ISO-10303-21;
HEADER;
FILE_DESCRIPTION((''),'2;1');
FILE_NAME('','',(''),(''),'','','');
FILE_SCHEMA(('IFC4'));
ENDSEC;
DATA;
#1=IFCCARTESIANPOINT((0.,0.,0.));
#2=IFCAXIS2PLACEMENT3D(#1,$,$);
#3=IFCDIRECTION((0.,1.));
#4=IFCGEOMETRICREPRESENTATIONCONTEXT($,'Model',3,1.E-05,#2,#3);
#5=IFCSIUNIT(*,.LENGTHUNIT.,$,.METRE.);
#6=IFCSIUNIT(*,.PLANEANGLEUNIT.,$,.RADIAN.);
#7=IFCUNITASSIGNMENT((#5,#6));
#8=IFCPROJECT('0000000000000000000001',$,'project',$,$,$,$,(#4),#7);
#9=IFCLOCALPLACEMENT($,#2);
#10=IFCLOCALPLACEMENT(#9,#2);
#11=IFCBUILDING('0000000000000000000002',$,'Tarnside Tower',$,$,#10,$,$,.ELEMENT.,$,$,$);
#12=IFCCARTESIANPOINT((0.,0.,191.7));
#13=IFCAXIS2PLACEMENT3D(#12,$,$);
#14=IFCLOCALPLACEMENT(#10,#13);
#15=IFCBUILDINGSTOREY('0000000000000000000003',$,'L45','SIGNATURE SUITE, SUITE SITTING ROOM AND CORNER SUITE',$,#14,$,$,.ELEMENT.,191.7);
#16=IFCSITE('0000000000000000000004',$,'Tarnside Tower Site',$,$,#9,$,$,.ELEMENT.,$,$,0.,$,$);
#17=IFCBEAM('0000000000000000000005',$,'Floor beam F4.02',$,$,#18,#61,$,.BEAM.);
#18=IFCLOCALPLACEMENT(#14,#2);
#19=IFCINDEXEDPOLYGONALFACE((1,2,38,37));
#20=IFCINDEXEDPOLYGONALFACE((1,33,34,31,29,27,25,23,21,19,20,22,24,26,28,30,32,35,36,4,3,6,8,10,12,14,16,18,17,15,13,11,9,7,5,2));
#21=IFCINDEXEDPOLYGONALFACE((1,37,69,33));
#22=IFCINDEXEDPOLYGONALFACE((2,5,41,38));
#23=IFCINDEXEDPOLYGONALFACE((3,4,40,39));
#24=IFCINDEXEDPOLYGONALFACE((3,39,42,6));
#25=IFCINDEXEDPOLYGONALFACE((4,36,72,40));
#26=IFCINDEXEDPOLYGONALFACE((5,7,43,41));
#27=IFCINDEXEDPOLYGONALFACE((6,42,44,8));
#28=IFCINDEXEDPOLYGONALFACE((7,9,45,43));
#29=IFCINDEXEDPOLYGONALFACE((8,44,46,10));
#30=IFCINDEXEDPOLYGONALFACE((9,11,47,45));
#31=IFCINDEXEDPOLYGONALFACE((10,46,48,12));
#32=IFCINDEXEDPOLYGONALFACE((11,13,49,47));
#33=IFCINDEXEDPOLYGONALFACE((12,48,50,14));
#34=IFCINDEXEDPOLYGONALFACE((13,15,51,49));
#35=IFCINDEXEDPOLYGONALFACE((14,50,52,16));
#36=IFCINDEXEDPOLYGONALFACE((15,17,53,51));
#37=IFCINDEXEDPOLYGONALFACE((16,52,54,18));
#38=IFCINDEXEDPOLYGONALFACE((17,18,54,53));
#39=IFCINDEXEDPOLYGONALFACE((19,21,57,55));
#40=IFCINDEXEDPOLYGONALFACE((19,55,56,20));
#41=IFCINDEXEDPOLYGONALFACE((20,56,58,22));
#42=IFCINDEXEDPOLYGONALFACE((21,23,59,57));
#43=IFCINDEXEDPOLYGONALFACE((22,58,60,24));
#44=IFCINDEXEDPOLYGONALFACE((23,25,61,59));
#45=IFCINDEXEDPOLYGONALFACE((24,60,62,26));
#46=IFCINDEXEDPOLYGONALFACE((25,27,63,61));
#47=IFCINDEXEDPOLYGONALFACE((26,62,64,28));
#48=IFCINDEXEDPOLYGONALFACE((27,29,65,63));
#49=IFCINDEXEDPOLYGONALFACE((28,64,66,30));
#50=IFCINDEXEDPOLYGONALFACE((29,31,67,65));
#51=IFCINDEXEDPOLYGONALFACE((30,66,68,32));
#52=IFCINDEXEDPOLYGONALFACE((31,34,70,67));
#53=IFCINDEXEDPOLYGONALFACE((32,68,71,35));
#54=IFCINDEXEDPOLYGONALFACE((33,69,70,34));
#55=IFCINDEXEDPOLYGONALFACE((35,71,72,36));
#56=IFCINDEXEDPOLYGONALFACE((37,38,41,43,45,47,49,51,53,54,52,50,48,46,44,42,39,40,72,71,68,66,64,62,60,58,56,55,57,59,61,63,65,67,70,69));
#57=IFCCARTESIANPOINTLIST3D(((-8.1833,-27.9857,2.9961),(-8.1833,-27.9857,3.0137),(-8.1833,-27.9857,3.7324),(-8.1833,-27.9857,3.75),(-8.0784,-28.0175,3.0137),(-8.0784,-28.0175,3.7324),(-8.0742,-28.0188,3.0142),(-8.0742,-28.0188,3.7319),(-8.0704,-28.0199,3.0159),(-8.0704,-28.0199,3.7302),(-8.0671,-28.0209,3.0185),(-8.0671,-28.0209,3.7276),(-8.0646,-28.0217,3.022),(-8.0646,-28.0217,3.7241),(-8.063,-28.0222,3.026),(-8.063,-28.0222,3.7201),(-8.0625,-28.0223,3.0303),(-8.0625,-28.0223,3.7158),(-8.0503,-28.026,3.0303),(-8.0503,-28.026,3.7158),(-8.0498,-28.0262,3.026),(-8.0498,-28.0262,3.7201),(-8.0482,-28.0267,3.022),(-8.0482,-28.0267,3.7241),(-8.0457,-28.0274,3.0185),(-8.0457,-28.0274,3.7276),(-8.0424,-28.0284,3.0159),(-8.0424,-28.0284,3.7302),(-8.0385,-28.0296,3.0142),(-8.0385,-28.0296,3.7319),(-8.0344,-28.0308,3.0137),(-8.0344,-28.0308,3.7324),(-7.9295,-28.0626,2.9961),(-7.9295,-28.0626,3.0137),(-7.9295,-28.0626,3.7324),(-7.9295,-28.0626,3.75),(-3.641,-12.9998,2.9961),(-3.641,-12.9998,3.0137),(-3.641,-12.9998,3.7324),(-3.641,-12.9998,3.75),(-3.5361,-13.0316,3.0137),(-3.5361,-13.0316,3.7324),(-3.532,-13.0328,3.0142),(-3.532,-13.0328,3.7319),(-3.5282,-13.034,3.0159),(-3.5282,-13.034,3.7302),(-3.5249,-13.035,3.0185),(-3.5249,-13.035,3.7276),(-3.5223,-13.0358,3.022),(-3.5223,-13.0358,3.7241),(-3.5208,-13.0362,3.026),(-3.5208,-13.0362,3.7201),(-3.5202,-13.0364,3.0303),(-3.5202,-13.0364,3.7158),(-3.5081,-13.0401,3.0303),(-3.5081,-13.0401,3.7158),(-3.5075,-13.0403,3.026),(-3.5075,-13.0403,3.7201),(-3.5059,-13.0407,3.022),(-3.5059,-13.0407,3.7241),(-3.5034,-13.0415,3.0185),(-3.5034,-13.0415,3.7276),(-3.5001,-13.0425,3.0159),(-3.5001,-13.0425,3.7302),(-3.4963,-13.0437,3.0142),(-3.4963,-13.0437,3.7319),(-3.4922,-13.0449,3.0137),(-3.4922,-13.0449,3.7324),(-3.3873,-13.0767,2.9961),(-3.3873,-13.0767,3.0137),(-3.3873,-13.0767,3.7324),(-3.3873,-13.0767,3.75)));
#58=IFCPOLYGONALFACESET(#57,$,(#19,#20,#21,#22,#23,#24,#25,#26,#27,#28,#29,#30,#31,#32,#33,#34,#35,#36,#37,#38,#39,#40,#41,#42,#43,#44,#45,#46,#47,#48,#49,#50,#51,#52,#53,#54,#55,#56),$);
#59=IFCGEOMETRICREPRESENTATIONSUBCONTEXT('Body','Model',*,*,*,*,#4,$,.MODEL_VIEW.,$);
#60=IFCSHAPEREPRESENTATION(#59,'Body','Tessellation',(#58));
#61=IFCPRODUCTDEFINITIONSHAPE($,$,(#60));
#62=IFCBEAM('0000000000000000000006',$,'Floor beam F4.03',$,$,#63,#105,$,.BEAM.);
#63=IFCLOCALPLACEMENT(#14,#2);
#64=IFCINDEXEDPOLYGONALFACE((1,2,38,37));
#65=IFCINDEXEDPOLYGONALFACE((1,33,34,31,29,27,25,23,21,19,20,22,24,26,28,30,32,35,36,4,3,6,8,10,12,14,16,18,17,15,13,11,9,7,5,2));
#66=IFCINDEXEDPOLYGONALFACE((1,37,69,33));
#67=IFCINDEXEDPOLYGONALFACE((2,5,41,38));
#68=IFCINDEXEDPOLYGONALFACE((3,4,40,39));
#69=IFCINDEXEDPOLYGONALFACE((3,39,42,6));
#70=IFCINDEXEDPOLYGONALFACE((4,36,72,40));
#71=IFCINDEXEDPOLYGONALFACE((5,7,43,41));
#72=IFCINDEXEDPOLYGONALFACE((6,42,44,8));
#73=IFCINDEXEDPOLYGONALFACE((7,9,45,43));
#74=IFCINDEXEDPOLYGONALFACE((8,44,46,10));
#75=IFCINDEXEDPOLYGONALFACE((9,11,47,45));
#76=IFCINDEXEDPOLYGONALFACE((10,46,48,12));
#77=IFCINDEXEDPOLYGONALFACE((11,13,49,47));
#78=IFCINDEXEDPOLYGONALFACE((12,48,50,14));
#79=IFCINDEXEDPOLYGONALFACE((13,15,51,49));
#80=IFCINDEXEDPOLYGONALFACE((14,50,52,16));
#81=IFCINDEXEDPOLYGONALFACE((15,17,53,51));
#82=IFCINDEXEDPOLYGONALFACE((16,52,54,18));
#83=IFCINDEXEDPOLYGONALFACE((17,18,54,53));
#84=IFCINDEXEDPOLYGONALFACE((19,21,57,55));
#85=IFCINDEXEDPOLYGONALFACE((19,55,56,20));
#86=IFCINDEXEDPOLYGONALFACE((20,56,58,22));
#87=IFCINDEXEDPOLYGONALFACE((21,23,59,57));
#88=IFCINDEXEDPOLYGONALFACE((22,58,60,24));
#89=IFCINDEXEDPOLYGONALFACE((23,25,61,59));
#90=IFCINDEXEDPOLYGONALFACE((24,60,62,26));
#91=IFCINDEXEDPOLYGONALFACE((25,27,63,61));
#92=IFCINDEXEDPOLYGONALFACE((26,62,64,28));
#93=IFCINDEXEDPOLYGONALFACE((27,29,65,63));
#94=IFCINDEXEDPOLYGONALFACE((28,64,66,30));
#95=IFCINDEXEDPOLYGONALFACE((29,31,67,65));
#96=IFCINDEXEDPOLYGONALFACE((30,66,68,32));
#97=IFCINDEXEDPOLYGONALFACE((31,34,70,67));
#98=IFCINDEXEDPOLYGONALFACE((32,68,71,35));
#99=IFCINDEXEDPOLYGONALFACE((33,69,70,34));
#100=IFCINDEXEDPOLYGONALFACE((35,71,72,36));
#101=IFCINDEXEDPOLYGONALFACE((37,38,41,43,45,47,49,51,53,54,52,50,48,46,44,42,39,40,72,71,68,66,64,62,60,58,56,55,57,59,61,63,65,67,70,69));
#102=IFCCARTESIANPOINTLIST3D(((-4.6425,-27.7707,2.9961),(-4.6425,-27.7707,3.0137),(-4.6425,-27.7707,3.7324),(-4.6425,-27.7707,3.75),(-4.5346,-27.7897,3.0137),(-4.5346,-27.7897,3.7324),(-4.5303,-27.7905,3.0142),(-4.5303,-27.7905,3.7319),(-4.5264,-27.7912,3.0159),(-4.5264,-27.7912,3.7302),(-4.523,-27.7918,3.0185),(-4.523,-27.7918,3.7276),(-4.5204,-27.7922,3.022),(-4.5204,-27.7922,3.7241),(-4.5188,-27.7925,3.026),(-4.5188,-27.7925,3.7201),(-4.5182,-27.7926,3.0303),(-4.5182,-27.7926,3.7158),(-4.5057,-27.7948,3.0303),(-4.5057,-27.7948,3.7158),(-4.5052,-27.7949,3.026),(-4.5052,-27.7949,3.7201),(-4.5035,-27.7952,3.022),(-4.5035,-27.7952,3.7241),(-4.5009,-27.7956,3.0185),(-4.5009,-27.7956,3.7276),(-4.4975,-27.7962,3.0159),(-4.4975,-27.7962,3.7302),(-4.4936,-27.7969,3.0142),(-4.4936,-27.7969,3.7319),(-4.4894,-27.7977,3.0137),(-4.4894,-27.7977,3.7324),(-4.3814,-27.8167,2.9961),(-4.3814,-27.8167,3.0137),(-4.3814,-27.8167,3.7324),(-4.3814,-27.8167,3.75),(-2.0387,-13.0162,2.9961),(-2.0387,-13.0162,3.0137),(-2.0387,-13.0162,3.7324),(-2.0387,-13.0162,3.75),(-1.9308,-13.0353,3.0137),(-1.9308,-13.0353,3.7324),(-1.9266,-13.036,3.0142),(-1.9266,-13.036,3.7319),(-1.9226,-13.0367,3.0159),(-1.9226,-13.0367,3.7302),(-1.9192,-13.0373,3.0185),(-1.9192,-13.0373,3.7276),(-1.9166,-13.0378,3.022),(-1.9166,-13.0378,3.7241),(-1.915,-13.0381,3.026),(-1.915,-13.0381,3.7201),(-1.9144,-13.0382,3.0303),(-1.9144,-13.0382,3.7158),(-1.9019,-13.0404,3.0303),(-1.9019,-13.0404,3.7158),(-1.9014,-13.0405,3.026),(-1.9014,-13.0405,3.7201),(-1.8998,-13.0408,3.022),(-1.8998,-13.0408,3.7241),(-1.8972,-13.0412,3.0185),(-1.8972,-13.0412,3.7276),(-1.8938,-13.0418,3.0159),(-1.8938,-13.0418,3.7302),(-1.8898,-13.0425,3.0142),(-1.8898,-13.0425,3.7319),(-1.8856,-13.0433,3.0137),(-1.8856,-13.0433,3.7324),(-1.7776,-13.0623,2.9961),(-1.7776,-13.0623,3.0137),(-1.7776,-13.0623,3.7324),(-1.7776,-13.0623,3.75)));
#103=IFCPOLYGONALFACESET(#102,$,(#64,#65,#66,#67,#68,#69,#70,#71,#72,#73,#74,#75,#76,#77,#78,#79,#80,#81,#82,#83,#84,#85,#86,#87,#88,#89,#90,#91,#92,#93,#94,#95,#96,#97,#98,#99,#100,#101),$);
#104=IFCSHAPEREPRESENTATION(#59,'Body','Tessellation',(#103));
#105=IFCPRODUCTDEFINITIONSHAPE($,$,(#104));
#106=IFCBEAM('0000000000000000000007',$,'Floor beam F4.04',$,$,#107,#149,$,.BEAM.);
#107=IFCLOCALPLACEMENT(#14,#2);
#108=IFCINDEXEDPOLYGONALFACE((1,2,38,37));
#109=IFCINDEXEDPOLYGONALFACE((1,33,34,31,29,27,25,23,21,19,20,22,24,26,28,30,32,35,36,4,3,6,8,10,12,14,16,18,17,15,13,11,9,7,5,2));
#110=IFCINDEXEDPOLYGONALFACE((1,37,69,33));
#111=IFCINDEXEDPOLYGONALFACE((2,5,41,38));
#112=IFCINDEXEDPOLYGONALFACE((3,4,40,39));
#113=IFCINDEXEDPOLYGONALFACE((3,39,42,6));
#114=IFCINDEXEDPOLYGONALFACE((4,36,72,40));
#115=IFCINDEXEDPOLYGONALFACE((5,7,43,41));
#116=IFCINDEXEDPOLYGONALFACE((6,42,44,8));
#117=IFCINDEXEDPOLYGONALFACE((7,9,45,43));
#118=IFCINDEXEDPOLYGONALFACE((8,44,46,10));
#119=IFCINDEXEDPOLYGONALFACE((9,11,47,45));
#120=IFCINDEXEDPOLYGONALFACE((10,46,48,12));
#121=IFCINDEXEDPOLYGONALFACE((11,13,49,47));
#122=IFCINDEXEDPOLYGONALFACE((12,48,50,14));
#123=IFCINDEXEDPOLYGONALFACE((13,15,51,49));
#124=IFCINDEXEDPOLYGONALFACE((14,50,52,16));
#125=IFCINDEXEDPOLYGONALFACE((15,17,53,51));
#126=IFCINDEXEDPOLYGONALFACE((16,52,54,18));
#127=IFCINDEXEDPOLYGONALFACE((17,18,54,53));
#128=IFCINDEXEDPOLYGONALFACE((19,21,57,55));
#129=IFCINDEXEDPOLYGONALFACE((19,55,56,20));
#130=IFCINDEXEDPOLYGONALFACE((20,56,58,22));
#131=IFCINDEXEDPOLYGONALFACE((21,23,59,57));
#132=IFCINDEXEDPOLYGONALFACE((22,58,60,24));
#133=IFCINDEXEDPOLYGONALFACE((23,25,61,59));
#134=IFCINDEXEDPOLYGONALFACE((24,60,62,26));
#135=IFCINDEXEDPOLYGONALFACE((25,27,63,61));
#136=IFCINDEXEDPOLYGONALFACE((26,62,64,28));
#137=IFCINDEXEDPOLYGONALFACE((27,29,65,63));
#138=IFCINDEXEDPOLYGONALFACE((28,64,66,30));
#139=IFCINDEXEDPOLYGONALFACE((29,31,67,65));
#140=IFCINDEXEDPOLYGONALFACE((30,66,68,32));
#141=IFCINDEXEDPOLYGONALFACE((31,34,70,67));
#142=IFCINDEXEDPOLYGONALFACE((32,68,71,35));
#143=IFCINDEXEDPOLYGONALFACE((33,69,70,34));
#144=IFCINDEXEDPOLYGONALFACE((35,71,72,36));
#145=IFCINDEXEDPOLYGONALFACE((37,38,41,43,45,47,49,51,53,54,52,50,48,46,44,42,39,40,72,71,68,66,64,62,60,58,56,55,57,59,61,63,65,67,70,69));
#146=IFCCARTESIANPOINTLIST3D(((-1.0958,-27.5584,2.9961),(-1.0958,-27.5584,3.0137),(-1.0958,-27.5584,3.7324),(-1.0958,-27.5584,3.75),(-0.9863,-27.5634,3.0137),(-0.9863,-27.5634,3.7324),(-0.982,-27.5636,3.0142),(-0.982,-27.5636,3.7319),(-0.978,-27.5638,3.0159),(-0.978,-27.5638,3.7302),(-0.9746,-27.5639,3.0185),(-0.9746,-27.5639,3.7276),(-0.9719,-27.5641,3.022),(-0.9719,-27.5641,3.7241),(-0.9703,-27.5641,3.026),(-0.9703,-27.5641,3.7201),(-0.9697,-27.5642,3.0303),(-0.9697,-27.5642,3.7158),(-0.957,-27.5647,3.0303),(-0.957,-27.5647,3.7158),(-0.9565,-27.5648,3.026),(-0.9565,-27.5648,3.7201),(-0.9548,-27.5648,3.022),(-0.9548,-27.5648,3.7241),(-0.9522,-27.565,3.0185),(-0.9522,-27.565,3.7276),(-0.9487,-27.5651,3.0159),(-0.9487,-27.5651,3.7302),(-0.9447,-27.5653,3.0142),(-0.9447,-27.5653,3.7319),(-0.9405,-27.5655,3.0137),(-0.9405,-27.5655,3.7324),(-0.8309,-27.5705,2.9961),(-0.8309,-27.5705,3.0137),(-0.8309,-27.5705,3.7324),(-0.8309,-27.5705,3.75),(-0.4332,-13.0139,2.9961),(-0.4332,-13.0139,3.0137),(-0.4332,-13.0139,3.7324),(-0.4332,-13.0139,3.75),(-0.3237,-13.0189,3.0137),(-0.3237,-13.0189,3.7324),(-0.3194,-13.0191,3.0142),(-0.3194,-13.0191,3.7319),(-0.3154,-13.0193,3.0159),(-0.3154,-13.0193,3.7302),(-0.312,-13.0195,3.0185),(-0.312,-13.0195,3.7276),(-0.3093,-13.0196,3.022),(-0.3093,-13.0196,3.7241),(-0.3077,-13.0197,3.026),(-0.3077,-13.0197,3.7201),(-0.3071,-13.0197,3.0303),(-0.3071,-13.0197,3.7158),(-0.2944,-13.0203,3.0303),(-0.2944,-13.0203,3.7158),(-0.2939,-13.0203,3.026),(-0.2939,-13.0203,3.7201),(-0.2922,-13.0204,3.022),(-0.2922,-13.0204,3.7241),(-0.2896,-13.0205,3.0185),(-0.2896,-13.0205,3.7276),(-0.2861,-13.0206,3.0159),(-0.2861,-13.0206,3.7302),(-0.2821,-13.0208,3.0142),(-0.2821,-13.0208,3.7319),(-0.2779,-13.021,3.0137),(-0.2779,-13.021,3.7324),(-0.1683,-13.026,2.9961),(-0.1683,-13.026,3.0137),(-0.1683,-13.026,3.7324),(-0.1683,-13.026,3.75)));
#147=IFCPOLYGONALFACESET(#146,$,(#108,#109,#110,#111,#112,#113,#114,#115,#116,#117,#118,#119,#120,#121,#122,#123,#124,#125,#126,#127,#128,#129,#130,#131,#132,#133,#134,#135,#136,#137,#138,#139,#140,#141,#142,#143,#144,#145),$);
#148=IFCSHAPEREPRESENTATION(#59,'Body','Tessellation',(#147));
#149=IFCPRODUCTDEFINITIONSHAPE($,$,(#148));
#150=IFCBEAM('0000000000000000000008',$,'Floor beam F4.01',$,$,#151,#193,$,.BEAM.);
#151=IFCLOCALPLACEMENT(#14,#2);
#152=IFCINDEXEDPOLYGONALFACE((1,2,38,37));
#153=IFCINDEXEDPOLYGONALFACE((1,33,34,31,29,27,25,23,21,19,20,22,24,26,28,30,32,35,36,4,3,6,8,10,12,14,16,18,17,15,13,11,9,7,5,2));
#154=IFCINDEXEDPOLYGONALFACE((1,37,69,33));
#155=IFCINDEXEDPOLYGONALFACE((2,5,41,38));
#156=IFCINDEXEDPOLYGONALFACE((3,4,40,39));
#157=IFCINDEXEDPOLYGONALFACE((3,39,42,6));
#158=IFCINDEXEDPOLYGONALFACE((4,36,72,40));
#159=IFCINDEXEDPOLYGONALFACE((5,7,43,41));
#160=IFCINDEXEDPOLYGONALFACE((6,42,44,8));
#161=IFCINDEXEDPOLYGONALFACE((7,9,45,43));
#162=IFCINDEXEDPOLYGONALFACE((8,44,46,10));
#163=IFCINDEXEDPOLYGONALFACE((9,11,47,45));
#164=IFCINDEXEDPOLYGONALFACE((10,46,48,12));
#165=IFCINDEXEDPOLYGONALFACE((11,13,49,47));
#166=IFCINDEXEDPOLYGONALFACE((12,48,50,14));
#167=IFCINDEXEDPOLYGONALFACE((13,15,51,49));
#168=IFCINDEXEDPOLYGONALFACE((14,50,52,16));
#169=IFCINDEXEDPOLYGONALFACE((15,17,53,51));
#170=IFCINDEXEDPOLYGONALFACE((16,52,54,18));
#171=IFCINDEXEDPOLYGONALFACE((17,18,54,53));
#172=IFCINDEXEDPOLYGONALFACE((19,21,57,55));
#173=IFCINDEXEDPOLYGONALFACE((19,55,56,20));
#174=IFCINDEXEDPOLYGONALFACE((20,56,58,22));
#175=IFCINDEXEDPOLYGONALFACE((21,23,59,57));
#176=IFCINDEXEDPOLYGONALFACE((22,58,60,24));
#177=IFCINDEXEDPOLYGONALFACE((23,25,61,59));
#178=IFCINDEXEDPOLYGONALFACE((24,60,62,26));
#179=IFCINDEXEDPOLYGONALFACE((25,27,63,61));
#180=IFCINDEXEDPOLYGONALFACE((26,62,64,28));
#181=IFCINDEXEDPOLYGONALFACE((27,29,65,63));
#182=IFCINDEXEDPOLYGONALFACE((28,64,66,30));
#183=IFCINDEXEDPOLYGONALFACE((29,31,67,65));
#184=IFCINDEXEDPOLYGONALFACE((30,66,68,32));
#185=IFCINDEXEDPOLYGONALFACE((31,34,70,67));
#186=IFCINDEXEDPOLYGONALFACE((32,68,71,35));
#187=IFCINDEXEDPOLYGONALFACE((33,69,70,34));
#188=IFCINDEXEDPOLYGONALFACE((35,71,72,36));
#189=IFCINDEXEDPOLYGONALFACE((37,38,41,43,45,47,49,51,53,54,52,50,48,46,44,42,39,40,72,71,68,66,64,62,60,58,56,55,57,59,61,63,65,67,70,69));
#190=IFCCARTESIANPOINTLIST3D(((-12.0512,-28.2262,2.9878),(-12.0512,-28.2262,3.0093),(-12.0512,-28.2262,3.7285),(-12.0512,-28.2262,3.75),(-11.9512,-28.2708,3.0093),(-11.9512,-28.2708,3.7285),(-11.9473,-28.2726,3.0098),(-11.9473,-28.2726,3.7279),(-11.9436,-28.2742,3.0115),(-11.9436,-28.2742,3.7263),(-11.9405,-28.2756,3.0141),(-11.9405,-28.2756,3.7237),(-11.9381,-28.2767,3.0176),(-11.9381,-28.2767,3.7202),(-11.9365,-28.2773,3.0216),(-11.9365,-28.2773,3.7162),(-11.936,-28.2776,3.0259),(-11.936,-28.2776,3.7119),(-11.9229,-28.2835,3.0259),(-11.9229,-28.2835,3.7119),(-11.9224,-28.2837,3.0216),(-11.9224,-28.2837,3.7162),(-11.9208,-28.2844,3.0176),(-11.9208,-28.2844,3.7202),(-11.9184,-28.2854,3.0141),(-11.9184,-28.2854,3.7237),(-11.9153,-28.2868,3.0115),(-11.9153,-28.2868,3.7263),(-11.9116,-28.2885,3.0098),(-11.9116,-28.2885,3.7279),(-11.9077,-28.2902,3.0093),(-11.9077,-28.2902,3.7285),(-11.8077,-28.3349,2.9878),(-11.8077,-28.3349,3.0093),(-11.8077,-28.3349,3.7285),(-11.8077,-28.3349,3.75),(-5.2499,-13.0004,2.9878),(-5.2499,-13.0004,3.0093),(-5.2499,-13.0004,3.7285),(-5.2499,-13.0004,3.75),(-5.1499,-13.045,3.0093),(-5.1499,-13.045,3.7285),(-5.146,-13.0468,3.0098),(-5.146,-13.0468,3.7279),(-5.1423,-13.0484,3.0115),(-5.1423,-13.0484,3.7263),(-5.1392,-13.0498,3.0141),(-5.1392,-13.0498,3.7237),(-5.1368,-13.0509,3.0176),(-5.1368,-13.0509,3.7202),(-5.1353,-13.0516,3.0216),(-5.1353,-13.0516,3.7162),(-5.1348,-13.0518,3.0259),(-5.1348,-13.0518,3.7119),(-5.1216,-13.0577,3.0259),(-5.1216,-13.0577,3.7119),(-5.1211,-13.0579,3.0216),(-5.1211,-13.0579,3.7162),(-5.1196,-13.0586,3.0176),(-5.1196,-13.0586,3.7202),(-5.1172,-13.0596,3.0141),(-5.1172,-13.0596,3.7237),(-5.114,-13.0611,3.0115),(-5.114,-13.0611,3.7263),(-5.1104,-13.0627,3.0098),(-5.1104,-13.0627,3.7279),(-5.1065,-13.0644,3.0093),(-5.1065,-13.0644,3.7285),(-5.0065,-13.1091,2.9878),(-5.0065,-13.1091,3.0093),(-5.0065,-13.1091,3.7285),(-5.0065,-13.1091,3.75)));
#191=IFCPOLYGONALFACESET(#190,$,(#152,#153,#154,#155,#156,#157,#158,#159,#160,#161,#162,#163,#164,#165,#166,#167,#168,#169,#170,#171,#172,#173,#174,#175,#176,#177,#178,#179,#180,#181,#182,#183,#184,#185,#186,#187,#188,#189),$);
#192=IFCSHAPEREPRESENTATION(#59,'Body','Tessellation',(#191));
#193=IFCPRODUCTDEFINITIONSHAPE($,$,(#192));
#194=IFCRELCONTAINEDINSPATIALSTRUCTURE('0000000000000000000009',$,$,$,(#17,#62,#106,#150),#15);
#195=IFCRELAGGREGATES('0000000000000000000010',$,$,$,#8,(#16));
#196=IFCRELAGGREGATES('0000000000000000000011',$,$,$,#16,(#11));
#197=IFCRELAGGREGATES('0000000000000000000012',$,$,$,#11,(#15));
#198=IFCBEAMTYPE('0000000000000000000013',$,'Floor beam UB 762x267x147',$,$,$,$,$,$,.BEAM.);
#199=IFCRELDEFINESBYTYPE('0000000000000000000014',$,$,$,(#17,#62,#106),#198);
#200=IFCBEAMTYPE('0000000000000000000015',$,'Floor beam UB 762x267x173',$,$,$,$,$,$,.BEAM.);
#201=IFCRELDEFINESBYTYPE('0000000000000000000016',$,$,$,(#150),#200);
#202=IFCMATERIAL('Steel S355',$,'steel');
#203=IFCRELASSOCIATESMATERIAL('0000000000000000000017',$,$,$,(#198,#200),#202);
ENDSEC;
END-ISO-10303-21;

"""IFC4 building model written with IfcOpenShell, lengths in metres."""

from ifc_helpers import new_model, si_unit, direction, frame, origin, origin_2d, place, context, subcontext, project, spatial, i_section, extrude, material, material_profile, profile_set, type_object, element, save


model = new_model("IFC4")

# Units and contexts
model_context = context("Model", 3, precision=1e-05, world=origin(), true_north=direction((0.0, 1.0)))
body_context = subcontext(model_context, "Body", "Model", "MODEL_VIEW")
ifc_project = project(units=[si_unit("LENGTHUNIT", "METRE"), si_unit("PLANEANGLEUNIT", "RADIAN")], contexts=[model_context])

# Site, building, storey
site_placement = place(None, origin())
site = spatial("IfcSite", under=ifc_project, at=site_placement, Name="Tarnside Tower Site", CompositionType="ELEMENT", RefElevation=0.0)
building_placement = place(site_placement, origin())
building = spatial("IfcBuilding", under=site, at=building_placement, Name="Tarnside Tower", CompositionType="ELEMENT")
storey_placement = place(building_placement, frame((0.0, 0.0, 191.7)))
storey = spatial("IfcBuildingStorey", under=building, at=storey_placement, Name="L45", Description="SIGNATURE SUITE, SUITE SITTING ROOM AND CORNER SUITE", CompositionType="ELEMENT", Elevation=191.7)

# Beams
ifc_material_1 = material(Name="Steel S355", Category="steel")
ifc_material_profile_1 = material_profile(ifc_material_1, i_section(OverallWidth=0.2651, OverallDepth=0.7539, WebThickness=0.0127, FlangeThickness=0.0176, FilletRadius=0.0166, at=origin_2d()), Name="UB 762x267x147")
ifc_profile_set_1 = profile_set([ifc_material_profile_1], Name="Steel S355")
beam_type_1 = type_object("IfcBeamType", Name="Floor beam UB 762x267x147", PredefinedType="BEAM", material=ifc_profile_set_1)
beam_1_placement = place(storey_placement, frame((-8.0564, -28.0242, 3.373), z_axis=(0.29007, 0.957005, 0.0), x_axis=(-0.957005, 0.29007, 0.0)))
element("IfcBeam", 1, at=beam_1_placement, inside=storey, type_object=beam_type_1, Name="Floor beam F4.02", PredefinedType="BEAM", context=body_context, shape_type="SweptSolid", body=[
    extrude(i_section(OverallWidth=0.2651, OverallDepth=0.7539, WebThickness=0.0127, FlangeThickness=0.0176, FilletRadius=0.0166, at=origin_2d()), origin(), (0.0, 0.0, 1.0), 15.6592),
])
beam_2_placement = place(storey_placement, frame((-4.512, -27.7937, 3.373), z_axis=(0.173788, 0.984783, 0.0), x_axis=(-0.984783, 0.173788, 0.0)))
element("IfcBeam", 2, at=beam_2_placement, inside=storey, type_object=beam_type_1, Name="Floor beam F4.03", PredefinedType="BEAM", context=body_context, shape_type="SweptSolid", body=[
    extrude(i_section(OverallWidth=0.2651, OverallDepth=0.7539, WebThickness=0.0127, FlangeThickness=0.0176, FilletRadius=0.0166, at=origin_2d()), origin(), (0.0, 0.0, 1.0), 14.9824),
])
beam_3_placement = place(storey_placement, frame((-0.9634, -27.5645, 3.373), z_axis=(0.04551, 0.998964, 0.0), x_axis=(-0.998964, 0.04551, 0.0)))
element("IfcBeam", 3, at=beam_3_placement, inside=storey, type_object=beam_type_1, Name="Floor beam F4.04", PredefinedType="BEAM", context=body_context, shape_type="SweptSolid", body=[
    extrude(i_section(OverallWidth=0.2651, OverallDepth=0.7539, WebThickness=0.0127, FlangeThickness=0.0176, FilletRadius=0.0166, at=origin_2d()), origin(), (0.0, 0.0, 1.0), 14.5596),
])
ifc_material_profile_2 = material_profile(ifc_material_1, i_section(OverallWidth=0.2666, OverallDepth=0.7622, WebThickness=0.0144, FlangeThickness=0.0215, FilletRadius=0.0166, at=origin_2d()), Name="UB 762x267x173")
ifc_profile_set_2 = profile_set([ifc_material_profile_2], Name="Steel S355")
beam_type_2 = type_object("IfcBeamType", Name="Floor beam UB 762x267x173", PredefinedType="BEAM", material=ifc_profile_set_2)
beam_4_placement = place(storey_placement, frame((-11.9294, -28.2805, 3.3689), z_axis=(0.407852, 0.913048, 0.0), x_axis=(-0.913048, 0.407852, 0.0)))
element("IfcBeam", 4, at=beam_4_placement, inside=storey, type_object=beam_type_2, Name="Floor beam F4.01", PredefinedType="BEAM", context=body_context, shape_type="SweptSolid", body=[
    extrude(i_section(OverallWidth=0.2666, OverallDepth=0.7622, WebThickness=0.0144, FlangeThickness=0.0215, FilletRadius=0.0166, at=origin_2d()), origin(), (0.0, 0.0, 1.0), 16.6758),
])

save(model, "model.ifc")
